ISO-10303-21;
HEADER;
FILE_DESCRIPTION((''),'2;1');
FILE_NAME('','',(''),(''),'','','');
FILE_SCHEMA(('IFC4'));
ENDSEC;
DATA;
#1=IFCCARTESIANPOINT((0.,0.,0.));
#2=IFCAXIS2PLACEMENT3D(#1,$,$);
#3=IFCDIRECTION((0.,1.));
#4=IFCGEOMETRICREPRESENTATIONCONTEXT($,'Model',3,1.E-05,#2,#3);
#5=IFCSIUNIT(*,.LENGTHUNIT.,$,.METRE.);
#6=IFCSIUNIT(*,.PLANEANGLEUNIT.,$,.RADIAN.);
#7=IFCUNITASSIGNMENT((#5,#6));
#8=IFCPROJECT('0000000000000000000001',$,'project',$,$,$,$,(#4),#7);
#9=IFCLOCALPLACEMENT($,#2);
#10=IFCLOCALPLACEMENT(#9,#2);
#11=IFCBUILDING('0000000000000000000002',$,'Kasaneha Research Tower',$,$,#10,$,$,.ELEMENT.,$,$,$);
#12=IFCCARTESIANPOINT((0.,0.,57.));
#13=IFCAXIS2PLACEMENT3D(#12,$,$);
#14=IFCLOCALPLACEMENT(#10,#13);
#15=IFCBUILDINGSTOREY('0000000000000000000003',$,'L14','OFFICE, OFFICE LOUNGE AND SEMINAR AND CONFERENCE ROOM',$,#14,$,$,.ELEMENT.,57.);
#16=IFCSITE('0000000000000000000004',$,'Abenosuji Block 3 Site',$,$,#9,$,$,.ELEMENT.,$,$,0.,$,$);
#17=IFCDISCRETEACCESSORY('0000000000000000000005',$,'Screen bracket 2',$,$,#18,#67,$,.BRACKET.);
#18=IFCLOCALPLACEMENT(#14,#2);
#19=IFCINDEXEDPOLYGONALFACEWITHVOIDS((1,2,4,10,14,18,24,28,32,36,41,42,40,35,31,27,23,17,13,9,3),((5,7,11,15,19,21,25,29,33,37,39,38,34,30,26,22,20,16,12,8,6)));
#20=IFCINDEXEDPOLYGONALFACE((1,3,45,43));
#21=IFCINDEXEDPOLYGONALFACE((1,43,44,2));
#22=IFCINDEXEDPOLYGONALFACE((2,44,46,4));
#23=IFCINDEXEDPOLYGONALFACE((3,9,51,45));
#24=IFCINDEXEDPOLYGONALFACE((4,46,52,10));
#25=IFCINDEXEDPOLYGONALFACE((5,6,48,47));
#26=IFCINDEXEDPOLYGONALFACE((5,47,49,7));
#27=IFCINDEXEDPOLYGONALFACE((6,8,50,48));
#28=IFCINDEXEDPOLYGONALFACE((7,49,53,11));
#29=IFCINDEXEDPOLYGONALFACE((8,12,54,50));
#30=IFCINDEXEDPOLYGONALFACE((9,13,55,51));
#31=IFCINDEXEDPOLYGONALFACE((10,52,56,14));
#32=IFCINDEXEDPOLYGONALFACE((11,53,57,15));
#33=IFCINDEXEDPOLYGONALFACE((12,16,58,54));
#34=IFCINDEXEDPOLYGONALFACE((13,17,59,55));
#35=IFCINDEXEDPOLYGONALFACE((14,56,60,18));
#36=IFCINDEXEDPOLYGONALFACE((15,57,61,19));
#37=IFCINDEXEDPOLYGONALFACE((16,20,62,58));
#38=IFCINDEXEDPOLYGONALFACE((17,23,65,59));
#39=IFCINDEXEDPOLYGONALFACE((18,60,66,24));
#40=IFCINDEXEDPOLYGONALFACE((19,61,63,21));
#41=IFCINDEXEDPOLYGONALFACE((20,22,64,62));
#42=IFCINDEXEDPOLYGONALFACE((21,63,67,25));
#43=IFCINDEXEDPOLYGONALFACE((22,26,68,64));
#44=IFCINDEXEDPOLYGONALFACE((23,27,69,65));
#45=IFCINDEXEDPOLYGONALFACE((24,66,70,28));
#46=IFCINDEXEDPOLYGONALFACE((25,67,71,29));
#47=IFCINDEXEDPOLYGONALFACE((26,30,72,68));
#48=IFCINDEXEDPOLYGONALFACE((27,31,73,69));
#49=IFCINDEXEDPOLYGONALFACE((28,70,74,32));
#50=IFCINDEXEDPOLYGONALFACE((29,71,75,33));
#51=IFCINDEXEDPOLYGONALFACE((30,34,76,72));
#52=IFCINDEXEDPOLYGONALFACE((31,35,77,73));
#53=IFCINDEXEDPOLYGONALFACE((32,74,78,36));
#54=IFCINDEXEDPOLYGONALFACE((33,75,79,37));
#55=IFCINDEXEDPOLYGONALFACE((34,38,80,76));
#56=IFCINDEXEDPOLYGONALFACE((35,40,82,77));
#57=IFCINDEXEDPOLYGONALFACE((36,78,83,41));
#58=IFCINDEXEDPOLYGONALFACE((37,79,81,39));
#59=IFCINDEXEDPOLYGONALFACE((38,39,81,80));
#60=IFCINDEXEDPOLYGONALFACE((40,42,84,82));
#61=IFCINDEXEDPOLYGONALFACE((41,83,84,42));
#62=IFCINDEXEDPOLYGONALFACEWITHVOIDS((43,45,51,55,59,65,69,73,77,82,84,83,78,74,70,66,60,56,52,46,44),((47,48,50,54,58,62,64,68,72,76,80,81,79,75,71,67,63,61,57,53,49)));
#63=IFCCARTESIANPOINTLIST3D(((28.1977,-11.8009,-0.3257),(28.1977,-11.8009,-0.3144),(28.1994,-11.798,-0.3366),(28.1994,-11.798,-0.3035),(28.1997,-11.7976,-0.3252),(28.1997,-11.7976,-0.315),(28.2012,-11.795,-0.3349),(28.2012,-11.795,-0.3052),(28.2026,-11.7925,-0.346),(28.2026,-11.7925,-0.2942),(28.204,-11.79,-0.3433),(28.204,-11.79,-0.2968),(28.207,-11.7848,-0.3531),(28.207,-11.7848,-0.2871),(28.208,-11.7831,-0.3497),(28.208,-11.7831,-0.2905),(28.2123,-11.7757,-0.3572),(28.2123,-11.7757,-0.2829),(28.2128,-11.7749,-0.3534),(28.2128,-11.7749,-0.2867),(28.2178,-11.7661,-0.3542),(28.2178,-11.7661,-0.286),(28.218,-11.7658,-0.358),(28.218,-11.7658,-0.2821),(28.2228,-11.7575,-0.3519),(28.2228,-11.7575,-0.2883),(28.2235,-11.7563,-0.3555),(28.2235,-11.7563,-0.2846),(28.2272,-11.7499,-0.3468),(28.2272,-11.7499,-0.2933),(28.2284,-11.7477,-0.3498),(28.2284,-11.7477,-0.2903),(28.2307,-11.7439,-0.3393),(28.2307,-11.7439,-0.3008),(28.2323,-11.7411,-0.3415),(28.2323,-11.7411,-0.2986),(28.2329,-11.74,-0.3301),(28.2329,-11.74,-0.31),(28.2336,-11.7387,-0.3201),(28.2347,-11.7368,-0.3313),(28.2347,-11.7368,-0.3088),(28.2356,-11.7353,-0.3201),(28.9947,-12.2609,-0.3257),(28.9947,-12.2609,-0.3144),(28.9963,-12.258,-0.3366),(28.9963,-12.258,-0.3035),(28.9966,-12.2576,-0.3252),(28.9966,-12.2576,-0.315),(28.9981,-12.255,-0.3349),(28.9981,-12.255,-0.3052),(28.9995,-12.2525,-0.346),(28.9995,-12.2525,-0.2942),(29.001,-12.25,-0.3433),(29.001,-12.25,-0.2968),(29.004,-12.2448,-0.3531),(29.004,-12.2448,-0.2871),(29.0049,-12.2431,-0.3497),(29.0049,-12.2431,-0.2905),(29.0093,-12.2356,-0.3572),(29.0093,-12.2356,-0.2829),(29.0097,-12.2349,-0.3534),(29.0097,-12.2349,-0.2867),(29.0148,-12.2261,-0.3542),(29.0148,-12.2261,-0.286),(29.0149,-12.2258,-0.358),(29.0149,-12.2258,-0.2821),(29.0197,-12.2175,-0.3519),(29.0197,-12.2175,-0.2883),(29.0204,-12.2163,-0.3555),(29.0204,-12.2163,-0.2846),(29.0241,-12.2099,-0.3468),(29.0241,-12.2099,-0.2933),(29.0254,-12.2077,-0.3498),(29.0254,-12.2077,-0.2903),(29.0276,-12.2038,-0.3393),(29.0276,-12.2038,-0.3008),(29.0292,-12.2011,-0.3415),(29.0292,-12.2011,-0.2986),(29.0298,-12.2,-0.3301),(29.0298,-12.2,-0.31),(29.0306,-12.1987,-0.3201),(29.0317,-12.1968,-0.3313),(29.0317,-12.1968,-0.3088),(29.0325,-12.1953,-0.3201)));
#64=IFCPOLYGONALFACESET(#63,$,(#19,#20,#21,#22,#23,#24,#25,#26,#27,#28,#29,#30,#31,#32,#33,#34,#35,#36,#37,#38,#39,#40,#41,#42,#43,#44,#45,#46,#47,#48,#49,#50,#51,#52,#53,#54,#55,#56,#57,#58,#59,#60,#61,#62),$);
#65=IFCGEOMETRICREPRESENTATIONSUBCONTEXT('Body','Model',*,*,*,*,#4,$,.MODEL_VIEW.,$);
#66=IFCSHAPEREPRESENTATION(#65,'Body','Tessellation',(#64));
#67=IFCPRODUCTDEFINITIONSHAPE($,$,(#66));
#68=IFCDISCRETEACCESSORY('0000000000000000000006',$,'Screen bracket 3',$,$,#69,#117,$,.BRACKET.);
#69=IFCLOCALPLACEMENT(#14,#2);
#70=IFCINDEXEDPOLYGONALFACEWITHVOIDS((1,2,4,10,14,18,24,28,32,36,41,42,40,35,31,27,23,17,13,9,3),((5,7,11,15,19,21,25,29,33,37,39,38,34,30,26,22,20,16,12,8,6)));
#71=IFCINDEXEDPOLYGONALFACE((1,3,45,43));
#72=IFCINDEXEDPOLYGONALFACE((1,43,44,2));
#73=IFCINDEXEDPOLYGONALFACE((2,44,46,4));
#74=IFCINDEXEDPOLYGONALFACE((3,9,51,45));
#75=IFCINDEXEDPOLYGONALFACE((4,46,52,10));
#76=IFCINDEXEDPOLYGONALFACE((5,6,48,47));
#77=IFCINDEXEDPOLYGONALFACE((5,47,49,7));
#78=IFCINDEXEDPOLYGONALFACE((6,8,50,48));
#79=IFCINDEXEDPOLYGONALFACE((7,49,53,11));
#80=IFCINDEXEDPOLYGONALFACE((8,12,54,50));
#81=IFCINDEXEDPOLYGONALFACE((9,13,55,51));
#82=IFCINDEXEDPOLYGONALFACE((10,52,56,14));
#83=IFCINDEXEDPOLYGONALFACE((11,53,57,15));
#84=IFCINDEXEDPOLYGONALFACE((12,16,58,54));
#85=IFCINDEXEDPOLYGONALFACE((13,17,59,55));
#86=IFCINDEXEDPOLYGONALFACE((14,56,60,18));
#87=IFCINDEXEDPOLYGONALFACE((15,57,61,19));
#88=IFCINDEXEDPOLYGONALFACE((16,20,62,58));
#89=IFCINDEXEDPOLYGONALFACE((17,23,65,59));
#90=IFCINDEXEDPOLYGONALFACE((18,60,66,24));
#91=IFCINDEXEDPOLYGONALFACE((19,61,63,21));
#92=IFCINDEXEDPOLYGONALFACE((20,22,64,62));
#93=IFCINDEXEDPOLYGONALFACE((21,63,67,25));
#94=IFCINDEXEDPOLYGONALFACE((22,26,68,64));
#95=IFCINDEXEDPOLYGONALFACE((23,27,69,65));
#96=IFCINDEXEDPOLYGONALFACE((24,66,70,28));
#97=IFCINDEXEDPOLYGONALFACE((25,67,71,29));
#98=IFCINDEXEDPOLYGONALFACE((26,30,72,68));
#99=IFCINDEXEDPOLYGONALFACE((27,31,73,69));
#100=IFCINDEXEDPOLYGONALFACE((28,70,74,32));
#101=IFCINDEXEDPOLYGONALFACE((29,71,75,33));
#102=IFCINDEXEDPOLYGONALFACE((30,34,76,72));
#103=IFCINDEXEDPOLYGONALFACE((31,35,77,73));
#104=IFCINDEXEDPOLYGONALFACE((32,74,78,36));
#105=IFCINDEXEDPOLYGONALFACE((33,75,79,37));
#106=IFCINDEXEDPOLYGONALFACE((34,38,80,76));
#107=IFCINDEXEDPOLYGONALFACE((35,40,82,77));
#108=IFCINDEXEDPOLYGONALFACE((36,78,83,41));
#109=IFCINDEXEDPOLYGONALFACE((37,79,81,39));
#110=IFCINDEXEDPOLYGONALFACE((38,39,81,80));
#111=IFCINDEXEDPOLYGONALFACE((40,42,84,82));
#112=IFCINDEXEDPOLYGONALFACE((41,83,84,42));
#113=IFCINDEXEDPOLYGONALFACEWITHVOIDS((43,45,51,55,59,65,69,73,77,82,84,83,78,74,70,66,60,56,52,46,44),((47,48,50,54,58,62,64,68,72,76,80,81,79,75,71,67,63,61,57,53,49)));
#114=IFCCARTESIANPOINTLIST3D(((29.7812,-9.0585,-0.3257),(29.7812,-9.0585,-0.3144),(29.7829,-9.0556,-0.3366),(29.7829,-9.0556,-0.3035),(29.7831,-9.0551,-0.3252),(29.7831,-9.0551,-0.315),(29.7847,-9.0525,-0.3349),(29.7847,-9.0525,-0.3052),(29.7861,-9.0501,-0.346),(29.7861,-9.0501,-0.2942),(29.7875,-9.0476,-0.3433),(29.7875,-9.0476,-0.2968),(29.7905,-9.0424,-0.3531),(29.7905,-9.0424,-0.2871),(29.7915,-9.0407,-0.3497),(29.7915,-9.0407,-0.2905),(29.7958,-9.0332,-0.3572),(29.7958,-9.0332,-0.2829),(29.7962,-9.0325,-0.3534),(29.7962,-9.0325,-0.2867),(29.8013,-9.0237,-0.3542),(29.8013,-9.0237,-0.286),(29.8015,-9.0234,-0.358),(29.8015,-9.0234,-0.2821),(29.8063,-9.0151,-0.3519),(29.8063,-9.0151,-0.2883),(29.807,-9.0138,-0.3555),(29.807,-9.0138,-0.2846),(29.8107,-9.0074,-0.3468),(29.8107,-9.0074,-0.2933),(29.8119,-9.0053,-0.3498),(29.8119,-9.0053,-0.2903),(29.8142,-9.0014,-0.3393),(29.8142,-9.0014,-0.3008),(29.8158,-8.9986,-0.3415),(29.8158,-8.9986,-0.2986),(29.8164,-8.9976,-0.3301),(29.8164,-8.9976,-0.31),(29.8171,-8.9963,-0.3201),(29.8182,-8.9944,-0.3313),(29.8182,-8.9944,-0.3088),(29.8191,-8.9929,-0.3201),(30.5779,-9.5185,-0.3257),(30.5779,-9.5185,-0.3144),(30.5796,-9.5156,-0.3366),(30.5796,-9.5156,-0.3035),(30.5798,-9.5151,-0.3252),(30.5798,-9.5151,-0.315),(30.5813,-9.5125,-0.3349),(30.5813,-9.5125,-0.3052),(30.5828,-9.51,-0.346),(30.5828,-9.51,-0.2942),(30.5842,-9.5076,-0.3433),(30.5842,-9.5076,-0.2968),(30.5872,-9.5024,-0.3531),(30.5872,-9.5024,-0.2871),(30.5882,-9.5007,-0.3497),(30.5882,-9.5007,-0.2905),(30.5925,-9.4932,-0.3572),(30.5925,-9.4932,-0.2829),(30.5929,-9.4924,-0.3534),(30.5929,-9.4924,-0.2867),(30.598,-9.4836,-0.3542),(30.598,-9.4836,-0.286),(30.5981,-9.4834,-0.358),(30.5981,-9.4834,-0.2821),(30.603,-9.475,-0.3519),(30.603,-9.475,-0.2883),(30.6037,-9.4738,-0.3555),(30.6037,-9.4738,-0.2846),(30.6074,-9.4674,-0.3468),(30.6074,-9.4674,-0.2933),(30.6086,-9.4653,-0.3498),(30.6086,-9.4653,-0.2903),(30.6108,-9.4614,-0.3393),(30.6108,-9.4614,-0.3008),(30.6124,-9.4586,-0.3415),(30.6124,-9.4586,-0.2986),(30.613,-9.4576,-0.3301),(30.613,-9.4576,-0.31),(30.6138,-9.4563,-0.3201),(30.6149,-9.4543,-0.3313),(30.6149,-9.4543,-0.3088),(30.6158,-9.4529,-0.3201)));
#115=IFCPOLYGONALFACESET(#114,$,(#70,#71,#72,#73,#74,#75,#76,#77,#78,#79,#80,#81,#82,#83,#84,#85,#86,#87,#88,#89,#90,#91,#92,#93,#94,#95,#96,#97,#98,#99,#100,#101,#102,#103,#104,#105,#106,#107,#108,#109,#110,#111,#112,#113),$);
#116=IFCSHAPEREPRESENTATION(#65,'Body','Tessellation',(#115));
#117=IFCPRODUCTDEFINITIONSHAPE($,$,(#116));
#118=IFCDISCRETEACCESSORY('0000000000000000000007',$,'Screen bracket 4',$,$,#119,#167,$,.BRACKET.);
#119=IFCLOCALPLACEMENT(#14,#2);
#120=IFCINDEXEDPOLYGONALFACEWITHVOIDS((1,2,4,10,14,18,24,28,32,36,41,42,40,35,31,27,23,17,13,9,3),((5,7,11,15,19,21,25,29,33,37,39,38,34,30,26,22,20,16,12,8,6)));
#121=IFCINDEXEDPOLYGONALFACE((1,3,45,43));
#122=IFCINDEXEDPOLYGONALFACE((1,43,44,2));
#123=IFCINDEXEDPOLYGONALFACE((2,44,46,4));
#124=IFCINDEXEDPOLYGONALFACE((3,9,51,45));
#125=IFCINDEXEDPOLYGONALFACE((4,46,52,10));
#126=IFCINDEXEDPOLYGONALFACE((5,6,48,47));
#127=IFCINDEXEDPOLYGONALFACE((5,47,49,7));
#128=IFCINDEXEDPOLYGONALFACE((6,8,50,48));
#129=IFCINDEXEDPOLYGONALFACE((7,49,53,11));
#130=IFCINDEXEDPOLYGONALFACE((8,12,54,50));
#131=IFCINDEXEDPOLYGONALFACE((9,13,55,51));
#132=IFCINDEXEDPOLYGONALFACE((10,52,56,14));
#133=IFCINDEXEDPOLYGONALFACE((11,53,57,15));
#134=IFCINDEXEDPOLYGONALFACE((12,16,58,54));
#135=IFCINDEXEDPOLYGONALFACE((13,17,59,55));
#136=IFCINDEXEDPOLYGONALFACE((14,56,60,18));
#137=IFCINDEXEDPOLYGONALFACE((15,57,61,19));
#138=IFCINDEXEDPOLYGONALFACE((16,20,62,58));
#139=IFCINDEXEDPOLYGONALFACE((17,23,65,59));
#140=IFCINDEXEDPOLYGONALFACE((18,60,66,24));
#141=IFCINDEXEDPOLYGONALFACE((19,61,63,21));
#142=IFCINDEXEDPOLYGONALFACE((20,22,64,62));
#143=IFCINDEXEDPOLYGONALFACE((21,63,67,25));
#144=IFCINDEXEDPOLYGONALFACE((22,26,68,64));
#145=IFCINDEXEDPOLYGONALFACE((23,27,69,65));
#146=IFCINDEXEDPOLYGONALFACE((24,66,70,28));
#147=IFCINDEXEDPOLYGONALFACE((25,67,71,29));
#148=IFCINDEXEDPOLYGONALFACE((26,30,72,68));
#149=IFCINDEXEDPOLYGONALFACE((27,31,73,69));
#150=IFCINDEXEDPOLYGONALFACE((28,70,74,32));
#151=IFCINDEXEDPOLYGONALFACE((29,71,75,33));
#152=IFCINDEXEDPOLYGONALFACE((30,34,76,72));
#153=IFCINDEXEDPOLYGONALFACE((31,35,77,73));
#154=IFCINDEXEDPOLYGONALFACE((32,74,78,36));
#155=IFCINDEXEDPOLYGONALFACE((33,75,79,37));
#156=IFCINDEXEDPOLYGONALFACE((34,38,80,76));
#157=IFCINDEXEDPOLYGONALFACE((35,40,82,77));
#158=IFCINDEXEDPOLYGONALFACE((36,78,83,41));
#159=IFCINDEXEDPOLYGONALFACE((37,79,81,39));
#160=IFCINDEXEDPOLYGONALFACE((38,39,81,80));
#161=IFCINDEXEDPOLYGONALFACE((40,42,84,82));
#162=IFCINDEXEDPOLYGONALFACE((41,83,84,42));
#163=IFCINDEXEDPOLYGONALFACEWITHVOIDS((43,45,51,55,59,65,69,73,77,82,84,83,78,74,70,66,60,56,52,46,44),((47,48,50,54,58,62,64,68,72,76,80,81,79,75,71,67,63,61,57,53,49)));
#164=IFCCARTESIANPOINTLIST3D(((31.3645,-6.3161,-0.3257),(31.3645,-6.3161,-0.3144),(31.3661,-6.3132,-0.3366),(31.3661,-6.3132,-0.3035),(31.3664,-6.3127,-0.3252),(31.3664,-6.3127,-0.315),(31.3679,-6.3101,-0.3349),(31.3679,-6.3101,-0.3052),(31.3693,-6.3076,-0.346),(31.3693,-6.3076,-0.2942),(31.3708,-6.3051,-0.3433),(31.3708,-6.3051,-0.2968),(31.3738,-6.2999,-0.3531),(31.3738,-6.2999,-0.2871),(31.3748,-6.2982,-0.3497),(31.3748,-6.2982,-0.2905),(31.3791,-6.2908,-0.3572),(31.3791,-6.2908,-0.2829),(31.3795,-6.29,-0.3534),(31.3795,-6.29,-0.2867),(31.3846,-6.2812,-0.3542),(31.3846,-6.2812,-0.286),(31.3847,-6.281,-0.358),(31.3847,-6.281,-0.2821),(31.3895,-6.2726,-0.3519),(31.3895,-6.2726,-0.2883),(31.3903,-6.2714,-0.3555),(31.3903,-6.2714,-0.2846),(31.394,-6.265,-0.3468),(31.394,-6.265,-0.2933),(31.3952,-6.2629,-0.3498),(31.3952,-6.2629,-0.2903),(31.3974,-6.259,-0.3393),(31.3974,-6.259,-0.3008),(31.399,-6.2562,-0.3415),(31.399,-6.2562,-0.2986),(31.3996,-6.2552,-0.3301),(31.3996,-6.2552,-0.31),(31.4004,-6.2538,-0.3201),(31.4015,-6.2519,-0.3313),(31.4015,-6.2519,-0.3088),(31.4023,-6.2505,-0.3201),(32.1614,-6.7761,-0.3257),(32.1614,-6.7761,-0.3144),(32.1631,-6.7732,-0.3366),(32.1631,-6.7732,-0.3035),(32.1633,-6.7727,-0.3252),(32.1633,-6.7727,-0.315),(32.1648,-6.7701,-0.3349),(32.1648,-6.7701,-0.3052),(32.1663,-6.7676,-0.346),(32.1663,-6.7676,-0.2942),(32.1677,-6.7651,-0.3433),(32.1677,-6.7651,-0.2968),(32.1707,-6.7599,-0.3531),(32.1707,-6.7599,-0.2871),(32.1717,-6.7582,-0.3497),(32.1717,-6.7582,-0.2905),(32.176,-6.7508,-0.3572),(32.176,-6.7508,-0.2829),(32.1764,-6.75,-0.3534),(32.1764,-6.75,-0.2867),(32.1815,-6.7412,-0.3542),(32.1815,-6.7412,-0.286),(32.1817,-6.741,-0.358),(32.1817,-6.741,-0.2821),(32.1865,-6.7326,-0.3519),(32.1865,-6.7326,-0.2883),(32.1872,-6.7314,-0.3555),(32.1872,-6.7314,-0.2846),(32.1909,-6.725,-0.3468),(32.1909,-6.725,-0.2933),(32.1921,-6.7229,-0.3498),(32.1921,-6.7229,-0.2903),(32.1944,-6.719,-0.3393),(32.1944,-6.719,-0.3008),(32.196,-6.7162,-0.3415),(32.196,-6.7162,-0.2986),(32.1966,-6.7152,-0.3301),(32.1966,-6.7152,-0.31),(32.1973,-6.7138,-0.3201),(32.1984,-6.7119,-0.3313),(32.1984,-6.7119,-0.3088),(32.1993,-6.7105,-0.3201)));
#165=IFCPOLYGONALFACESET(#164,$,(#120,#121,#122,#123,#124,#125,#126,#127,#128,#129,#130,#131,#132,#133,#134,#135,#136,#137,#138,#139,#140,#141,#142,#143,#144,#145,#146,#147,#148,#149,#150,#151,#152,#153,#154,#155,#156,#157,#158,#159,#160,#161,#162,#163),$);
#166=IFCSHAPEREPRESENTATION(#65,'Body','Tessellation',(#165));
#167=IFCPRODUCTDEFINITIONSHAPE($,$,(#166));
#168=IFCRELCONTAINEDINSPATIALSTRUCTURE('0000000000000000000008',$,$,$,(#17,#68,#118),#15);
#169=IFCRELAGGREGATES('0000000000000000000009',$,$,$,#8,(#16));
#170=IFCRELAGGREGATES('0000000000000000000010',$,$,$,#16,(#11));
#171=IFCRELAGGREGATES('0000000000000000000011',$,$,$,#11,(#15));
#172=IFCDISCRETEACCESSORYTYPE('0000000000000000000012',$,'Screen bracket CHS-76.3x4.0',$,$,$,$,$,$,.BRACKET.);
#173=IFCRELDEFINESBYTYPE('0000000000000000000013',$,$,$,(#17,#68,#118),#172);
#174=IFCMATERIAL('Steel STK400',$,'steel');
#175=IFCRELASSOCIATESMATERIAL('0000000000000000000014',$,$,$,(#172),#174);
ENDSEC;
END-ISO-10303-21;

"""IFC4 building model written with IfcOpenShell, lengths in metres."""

from ifc_helpers import new_model, si_unit, direction, frame, origin, origin_2d, place, context, subcontext, project, spatial, hollow_circle, extrude, material, material_profile, profile_set, type_object, element, save


model = new_model("IFC4")

# Units and contexts
model_context = context("Model", 3, precision=1e-05, world=origin(), true_north=direction((0.0, 1.0)))
body_context = subcontext(model_context, "Body", "Model", "MODEL_VIEW")
ifc_project = project(units=[si_unit("LENGTHUNIT", "METRE"), si_unit("PLANEANGLEUNIT", "RADIAN")], contexts=[model_context])

# Site, building, storey
site_placement = place(None, origin())
site = spatial("IfcSite", under=ifc_project, at=site_placement, Name="Abenosuji Block 3 Site", CompositionType="ELEMENT", RefElevation=0.0)
building_placement = place(site_placement, origin())
building = spatial("IfcBuilding", under=site, at=building_placement, Name="Kasaneha Research Tower", CompositionType="ELEMENT")
storey_placement = place(building_placement, frame((0.0, 0.0, 57.0)))
storey = spatial("IfcBuildingStorey", under=building, at=storey_placement, Name="L14", Description="OFFICE, OFFICE LOUNGE AND SEMINAR AND CONFERENCE ROOM", CompositionType="ELEMENT", Elevation=57.0)

# Discrete accessories
ifc_material = material(Name="Steel STK400", Category="steel")
ifc_material_profile = material_profile(ifc_material, hollow_circle(Radius=0.0381, WallThickness=0.0039, at=origin_2d()), Name="CHS-76.3x4.0")
ifc_profile_set = profile_set([ifc_material_profile], Name="Steel STK400")
discrete_accessory_type = type_object("IfcDiscreteAccessoryType", Name="Screen bracket CHS-76.3x4.0", PredefinedType="BRACKET", material=ifc_profile_set)
for number, where, z_axis, x_axis, name in (
    (1, (28.2166, -11.7683, -0.3201), (0.86608, -0.499906, 0.0), (0.499906, 0.86608, 0.0), "Screen bracket 2"),
):
    element("IfcDiscreteAccessory", number, at=place(storey_placement, frame(where, z_axis=z_axis, x_axis=x_axis)), inside=storey, type_object=discrete_accessory_type, Name=name, PredefinedType="BRACKET", context=body_context, shape_type="SweptSolid", body=[
        extrude(hollow_circle(Radius=0.0381, WallThickness=0.0039, at=origin_2d()), origin(), (0.0, 0.0, 1.0), 0.9202),
    ])
discrete_accessory_1_placement = place(storey_placement, frame((29.8, -9.0259, -0.3201), z_axis=(0.866013, -0.500021, 0.0), x_axis=(0.500021, 0.866013, 0.0)))
element("IfcDiscreteAccessory", 2, at=discrete_accessory_1_placement, inside=storey, type_object=discrete_accessory_type, Name="Screen bracket 3", PredefinedType="BRACKET", context=body_context, shape_type="SweptSolid", body=[
    extrude(hollow_circle(Radius=0.0381, WallThickness=0.0039, at=origin_2d()), origin(), (0.0, 0.0, 1.0), 0.9199),
])
discrete_accessory_2_placement = place(storey_placement, frame((31.3833, -6.2834, -0.3201), z_axis=(0.86608, -0.499906, 0.0), x_axis=(0.499906, 0.86608, 0.0)))
element("IfcDiscreteAccessory", 3, at=discrete_accessory_2_placement, inside=storey, type_object=discrete_accessory_type, Name="Screen bracket 4", PredefinedType="BRACKET", context=body_context, shape_type="SweptSolid", body=[
    extrude(hollow_circle(Radius=0.0381, WallThickness=0.0039, at=origin_2d()), origin(), (0.0, 0.0, 1.0), 0.9202),
])

save(model, "model.ifc")
